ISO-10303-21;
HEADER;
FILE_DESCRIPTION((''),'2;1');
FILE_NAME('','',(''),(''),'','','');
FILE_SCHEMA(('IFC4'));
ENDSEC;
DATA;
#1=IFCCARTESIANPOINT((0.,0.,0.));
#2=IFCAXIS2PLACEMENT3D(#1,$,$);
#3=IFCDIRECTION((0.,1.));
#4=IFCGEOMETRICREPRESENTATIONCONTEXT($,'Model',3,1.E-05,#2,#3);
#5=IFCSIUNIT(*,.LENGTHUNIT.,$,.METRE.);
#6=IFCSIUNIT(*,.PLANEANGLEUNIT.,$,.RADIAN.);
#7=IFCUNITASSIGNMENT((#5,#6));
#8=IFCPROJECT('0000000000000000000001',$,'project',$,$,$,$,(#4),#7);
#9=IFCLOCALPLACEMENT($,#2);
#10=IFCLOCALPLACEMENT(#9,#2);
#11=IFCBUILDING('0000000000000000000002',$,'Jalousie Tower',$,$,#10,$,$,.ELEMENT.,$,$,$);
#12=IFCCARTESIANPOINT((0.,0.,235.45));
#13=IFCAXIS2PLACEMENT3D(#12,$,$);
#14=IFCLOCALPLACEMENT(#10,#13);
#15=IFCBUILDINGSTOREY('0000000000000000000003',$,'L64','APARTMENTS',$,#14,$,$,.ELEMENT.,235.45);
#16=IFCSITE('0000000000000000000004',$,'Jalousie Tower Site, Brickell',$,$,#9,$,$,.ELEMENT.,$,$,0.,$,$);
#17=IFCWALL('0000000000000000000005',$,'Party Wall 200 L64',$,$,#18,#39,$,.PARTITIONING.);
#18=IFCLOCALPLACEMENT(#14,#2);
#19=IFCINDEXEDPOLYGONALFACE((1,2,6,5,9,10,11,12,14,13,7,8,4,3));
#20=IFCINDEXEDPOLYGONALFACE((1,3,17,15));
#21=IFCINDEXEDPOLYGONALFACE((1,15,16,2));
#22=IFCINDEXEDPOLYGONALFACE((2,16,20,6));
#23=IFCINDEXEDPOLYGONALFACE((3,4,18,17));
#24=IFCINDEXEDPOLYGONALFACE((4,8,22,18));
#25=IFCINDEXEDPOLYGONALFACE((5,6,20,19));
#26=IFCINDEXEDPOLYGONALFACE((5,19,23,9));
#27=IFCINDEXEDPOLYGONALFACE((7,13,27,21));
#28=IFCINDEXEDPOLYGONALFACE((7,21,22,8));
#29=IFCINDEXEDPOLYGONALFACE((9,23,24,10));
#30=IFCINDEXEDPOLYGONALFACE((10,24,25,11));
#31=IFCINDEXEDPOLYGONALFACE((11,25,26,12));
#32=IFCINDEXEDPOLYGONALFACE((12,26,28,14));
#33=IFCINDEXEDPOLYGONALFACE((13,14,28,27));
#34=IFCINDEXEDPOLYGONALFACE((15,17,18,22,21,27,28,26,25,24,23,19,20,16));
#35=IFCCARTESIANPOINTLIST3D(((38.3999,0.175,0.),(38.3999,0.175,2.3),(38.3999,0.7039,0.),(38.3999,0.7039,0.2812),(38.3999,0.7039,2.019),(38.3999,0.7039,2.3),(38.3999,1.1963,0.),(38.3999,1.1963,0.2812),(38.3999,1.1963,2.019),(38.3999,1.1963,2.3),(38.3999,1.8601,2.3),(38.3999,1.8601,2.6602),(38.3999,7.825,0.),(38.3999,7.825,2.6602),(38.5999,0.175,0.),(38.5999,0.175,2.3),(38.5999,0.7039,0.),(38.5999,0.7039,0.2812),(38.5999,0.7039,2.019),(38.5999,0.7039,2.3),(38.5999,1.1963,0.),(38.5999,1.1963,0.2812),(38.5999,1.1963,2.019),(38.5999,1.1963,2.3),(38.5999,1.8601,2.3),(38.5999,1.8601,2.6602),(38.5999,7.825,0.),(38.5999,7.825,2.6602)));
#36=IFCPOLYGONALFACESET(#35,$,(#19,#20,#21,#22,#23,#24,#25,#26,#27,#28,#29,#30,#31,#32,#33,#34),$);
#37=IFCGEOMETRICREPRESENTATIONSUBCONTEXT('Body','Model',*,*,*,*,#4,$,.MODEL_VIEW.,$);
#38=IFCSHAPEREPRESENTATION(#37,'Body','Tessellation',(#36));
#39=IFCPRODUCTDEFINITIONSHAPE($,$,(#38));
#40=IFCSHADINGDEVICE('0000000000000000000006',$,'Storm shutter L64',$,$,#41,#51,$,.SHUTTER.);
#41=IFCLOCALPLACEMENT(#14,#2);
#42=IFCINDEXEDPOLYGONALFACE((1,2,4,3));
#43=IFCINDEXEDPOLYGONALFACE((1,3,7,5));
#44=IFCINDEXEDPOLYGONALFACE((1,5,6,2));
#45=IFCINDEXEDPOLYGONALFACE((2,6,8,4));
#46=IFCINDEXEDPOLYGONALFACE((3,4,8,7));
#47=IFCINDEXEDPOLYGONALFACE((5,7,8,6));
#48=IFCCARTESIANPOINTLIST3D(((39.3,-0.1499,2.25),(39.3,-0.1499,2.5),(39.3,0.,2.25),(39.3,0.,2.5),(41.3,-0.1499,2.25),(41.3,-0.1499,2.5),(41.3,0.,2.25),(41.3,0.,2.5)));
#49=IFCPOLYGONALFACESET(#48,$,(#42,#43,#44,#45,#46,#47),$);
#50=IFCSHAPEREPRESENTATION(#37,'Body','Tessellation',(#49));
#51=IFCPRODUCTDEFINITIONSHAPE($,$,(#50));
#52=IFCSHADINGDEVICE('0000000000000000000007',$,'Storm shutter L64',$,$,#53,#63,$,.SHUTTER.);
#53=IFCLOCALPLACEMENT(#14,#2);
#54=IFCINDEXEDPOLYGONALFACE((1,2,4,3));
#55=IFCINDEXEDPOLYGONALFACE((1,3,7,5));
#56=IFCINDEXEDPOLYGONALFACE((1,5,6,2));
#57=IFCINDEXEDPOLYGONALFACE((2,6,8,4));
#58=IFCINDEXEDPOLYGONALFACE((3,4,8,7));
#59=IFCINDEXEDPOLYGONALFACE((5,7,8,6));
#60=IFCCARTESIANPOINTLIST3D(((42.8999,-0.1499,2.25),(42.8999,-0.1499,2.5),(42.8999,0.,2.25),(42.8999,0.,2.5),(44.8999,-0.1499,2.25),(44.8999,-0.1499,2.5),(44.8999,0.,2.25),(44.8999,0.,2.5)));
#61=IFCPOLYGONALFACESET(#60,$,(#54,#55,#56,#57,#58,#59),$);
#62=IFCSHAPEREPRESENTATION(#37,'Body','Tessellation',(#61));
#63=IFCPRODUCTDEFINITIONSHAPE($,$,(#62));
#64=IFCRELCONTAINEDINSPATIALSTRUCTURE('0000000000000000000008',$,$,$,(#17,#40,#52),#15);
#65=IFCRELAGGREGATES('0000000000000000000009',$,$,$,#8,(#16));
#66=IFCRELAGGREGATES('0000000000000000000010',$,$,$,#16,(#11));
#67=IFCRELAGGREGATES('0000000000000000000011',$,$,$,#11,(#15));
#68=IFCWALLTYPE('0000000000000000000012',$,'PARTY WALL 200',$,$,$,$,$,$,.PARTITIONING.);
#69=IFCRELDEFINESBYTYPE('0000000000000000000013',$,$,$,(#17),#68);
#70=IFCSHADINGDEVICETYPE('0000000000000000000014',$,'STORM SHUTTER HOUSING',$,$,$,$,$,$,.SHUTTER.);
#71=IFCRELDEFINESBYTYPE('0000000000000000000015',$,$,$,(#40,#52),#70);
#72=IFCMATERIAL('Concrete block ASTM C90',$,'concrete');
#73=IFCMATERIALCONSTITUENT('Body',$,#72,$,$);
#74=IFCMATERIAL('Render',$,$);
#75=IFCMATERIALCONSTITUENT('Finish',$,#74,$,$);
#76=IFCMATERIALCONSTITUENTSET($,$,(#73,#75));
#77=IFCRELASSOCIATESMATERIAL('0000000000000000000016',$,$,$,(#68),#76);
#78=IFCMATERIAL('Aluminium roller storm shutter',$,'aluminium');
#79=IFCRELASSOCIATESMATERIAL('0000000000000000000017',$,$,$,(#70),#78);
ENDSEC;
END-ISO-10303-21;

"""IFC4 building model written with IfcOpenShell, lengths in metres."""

from ifc_helpers import new_model, si_unit, direction, frame, origin, origin_2d, place, context, subcontext, project, spatial, polyline, rectangle, outline, extrude, material, constituent, constituent_set, type_object, element, save


model = new_model("IFC4")

# Units and contexts
model_context = context("Model", 3, precision=1e-05, world=origin(), true_north=direction((0.0, 1.0)))
body_context = subcontext(model_context, "Body", "Model", "MODEL_VIEW")
ifc_project = project(units=[si_unit("LENGTHUNIT", "METRE"), si_unit("PLANEANGLEUNIT", "RADIAN")], contexts=[model_context])

# Site, building, storey
site_placement = place(None, origin())
site = spatial("IfcSite", under=ifc_project, at=site_placement, Name="Jalousie Tower Site, Brickell", CompositionType="ELEMENT", RefElevation=0.0)
building_placement = place(site_placement, origin())
building = spatial("IfcBuilding", under=site, at=building_placement, Name="Jalousie Tower", CompositionType="ELEMENT")
storey_placement = place(building_placement, frame((0.0, 0.0, 235.45)))
storey = spatial("IfcBuildingStorey", under=building, at=storey_placement, Name="L64", Description="APARTMENTS", CompositionType="ELEMENT", Elevation=235.45)

# Wall
ifc_material_1 = material(Name="Concrete block ASTM C90", Category="concrete")
ifc_constituent_1 = constituent(ifc_material_1, Name="Body")
ifc_material_2 = material(Name="Render")
ifc_constituent_2 = constituent(ifc_material_2, Name="Finish")
ifc_constituent_set_1 = constituent_set(constituents=[ifc_constituent_1, ifc_constituent_2])
wall_type_1 = type_object("IfcWallType", Name="PARTY WALL 200", PredefinedType="PARTITIONING", material=ifc_constituent_set_1)
wall_1_placement = place(storey_placement, frame((38.5, 0.175, 0.0), z_axis=(0.0, 0.0, 1.0), x_axis=(0.0, 1.0, 0.0)))
element("IfcWall", 1, at=wall_1_placement, inside=storey, type_object=wall_type_1, Name="Party Wall 200 L64", PredefinedType="PARTITIONING", context=body_context, shape_type="SweptSolid", body=[
    extrude(outline(polyline([(0.5288, 2.3), (0.0, 2.3), (0.0, 0.0), (0.5288, 0.0), (0.5288, 0.2812), (1.0212, 0.2812), (1.0212, 0.0), (7.6499, 0.0), (7.6499, 2.6602), (1.6851, 2.6602), (1.6851, 2.3), (1.0212, 2.3), (1.0212, 2.019), (0.5288, 2.019), (0.5288, 2.3)])), frame((0.0, 0.1001, 0.0), z_axis=(0.0, -1.0, 0.0), x_axis=(1.0, 0.0, 0.0)), (0.0, 0.0, 1.0), 0.2),
])

# Shading devices
ifc_material_3 = material(Name="Aluminium roller storm shutter", Category="aluminium")
shading_device_type = type_object("IfcShadingDeviceType", Name="STORM SHUTTER HOUSING", PredefinedType="SHUTTER", material=ifc_material_3)
for number, where, z_axis, x_axis, name in (
    (2, (40.3, -0.075, 2.25), (0.0, 0.0, 1.0), (1.0, 0.0, 0.0), "Storm shutter L64"),
    (3, (43.8999, -0.075, 2.25), (0.0, 0.0, 1.0), (1.0, 0.0, 0.0), "Storm shutter L64"),
):
    element("IfcShadingDevice", number, at=place(storey_placement, frame(where, z_axis=z_axis, x_axis=x_axis)), inside=storey, type_object=shading_device_type, Name=name, PredefinedType="SHUTTER", context=body_context, shape_type="SweptSolid", body=[
        extrude(rectangle(XDim=2.0, YDim=0.1499, at=origin_2d()), origin(), (0.0, 0.0, 1.0), 0.25),
    ])

save(model, "model.ifc")
